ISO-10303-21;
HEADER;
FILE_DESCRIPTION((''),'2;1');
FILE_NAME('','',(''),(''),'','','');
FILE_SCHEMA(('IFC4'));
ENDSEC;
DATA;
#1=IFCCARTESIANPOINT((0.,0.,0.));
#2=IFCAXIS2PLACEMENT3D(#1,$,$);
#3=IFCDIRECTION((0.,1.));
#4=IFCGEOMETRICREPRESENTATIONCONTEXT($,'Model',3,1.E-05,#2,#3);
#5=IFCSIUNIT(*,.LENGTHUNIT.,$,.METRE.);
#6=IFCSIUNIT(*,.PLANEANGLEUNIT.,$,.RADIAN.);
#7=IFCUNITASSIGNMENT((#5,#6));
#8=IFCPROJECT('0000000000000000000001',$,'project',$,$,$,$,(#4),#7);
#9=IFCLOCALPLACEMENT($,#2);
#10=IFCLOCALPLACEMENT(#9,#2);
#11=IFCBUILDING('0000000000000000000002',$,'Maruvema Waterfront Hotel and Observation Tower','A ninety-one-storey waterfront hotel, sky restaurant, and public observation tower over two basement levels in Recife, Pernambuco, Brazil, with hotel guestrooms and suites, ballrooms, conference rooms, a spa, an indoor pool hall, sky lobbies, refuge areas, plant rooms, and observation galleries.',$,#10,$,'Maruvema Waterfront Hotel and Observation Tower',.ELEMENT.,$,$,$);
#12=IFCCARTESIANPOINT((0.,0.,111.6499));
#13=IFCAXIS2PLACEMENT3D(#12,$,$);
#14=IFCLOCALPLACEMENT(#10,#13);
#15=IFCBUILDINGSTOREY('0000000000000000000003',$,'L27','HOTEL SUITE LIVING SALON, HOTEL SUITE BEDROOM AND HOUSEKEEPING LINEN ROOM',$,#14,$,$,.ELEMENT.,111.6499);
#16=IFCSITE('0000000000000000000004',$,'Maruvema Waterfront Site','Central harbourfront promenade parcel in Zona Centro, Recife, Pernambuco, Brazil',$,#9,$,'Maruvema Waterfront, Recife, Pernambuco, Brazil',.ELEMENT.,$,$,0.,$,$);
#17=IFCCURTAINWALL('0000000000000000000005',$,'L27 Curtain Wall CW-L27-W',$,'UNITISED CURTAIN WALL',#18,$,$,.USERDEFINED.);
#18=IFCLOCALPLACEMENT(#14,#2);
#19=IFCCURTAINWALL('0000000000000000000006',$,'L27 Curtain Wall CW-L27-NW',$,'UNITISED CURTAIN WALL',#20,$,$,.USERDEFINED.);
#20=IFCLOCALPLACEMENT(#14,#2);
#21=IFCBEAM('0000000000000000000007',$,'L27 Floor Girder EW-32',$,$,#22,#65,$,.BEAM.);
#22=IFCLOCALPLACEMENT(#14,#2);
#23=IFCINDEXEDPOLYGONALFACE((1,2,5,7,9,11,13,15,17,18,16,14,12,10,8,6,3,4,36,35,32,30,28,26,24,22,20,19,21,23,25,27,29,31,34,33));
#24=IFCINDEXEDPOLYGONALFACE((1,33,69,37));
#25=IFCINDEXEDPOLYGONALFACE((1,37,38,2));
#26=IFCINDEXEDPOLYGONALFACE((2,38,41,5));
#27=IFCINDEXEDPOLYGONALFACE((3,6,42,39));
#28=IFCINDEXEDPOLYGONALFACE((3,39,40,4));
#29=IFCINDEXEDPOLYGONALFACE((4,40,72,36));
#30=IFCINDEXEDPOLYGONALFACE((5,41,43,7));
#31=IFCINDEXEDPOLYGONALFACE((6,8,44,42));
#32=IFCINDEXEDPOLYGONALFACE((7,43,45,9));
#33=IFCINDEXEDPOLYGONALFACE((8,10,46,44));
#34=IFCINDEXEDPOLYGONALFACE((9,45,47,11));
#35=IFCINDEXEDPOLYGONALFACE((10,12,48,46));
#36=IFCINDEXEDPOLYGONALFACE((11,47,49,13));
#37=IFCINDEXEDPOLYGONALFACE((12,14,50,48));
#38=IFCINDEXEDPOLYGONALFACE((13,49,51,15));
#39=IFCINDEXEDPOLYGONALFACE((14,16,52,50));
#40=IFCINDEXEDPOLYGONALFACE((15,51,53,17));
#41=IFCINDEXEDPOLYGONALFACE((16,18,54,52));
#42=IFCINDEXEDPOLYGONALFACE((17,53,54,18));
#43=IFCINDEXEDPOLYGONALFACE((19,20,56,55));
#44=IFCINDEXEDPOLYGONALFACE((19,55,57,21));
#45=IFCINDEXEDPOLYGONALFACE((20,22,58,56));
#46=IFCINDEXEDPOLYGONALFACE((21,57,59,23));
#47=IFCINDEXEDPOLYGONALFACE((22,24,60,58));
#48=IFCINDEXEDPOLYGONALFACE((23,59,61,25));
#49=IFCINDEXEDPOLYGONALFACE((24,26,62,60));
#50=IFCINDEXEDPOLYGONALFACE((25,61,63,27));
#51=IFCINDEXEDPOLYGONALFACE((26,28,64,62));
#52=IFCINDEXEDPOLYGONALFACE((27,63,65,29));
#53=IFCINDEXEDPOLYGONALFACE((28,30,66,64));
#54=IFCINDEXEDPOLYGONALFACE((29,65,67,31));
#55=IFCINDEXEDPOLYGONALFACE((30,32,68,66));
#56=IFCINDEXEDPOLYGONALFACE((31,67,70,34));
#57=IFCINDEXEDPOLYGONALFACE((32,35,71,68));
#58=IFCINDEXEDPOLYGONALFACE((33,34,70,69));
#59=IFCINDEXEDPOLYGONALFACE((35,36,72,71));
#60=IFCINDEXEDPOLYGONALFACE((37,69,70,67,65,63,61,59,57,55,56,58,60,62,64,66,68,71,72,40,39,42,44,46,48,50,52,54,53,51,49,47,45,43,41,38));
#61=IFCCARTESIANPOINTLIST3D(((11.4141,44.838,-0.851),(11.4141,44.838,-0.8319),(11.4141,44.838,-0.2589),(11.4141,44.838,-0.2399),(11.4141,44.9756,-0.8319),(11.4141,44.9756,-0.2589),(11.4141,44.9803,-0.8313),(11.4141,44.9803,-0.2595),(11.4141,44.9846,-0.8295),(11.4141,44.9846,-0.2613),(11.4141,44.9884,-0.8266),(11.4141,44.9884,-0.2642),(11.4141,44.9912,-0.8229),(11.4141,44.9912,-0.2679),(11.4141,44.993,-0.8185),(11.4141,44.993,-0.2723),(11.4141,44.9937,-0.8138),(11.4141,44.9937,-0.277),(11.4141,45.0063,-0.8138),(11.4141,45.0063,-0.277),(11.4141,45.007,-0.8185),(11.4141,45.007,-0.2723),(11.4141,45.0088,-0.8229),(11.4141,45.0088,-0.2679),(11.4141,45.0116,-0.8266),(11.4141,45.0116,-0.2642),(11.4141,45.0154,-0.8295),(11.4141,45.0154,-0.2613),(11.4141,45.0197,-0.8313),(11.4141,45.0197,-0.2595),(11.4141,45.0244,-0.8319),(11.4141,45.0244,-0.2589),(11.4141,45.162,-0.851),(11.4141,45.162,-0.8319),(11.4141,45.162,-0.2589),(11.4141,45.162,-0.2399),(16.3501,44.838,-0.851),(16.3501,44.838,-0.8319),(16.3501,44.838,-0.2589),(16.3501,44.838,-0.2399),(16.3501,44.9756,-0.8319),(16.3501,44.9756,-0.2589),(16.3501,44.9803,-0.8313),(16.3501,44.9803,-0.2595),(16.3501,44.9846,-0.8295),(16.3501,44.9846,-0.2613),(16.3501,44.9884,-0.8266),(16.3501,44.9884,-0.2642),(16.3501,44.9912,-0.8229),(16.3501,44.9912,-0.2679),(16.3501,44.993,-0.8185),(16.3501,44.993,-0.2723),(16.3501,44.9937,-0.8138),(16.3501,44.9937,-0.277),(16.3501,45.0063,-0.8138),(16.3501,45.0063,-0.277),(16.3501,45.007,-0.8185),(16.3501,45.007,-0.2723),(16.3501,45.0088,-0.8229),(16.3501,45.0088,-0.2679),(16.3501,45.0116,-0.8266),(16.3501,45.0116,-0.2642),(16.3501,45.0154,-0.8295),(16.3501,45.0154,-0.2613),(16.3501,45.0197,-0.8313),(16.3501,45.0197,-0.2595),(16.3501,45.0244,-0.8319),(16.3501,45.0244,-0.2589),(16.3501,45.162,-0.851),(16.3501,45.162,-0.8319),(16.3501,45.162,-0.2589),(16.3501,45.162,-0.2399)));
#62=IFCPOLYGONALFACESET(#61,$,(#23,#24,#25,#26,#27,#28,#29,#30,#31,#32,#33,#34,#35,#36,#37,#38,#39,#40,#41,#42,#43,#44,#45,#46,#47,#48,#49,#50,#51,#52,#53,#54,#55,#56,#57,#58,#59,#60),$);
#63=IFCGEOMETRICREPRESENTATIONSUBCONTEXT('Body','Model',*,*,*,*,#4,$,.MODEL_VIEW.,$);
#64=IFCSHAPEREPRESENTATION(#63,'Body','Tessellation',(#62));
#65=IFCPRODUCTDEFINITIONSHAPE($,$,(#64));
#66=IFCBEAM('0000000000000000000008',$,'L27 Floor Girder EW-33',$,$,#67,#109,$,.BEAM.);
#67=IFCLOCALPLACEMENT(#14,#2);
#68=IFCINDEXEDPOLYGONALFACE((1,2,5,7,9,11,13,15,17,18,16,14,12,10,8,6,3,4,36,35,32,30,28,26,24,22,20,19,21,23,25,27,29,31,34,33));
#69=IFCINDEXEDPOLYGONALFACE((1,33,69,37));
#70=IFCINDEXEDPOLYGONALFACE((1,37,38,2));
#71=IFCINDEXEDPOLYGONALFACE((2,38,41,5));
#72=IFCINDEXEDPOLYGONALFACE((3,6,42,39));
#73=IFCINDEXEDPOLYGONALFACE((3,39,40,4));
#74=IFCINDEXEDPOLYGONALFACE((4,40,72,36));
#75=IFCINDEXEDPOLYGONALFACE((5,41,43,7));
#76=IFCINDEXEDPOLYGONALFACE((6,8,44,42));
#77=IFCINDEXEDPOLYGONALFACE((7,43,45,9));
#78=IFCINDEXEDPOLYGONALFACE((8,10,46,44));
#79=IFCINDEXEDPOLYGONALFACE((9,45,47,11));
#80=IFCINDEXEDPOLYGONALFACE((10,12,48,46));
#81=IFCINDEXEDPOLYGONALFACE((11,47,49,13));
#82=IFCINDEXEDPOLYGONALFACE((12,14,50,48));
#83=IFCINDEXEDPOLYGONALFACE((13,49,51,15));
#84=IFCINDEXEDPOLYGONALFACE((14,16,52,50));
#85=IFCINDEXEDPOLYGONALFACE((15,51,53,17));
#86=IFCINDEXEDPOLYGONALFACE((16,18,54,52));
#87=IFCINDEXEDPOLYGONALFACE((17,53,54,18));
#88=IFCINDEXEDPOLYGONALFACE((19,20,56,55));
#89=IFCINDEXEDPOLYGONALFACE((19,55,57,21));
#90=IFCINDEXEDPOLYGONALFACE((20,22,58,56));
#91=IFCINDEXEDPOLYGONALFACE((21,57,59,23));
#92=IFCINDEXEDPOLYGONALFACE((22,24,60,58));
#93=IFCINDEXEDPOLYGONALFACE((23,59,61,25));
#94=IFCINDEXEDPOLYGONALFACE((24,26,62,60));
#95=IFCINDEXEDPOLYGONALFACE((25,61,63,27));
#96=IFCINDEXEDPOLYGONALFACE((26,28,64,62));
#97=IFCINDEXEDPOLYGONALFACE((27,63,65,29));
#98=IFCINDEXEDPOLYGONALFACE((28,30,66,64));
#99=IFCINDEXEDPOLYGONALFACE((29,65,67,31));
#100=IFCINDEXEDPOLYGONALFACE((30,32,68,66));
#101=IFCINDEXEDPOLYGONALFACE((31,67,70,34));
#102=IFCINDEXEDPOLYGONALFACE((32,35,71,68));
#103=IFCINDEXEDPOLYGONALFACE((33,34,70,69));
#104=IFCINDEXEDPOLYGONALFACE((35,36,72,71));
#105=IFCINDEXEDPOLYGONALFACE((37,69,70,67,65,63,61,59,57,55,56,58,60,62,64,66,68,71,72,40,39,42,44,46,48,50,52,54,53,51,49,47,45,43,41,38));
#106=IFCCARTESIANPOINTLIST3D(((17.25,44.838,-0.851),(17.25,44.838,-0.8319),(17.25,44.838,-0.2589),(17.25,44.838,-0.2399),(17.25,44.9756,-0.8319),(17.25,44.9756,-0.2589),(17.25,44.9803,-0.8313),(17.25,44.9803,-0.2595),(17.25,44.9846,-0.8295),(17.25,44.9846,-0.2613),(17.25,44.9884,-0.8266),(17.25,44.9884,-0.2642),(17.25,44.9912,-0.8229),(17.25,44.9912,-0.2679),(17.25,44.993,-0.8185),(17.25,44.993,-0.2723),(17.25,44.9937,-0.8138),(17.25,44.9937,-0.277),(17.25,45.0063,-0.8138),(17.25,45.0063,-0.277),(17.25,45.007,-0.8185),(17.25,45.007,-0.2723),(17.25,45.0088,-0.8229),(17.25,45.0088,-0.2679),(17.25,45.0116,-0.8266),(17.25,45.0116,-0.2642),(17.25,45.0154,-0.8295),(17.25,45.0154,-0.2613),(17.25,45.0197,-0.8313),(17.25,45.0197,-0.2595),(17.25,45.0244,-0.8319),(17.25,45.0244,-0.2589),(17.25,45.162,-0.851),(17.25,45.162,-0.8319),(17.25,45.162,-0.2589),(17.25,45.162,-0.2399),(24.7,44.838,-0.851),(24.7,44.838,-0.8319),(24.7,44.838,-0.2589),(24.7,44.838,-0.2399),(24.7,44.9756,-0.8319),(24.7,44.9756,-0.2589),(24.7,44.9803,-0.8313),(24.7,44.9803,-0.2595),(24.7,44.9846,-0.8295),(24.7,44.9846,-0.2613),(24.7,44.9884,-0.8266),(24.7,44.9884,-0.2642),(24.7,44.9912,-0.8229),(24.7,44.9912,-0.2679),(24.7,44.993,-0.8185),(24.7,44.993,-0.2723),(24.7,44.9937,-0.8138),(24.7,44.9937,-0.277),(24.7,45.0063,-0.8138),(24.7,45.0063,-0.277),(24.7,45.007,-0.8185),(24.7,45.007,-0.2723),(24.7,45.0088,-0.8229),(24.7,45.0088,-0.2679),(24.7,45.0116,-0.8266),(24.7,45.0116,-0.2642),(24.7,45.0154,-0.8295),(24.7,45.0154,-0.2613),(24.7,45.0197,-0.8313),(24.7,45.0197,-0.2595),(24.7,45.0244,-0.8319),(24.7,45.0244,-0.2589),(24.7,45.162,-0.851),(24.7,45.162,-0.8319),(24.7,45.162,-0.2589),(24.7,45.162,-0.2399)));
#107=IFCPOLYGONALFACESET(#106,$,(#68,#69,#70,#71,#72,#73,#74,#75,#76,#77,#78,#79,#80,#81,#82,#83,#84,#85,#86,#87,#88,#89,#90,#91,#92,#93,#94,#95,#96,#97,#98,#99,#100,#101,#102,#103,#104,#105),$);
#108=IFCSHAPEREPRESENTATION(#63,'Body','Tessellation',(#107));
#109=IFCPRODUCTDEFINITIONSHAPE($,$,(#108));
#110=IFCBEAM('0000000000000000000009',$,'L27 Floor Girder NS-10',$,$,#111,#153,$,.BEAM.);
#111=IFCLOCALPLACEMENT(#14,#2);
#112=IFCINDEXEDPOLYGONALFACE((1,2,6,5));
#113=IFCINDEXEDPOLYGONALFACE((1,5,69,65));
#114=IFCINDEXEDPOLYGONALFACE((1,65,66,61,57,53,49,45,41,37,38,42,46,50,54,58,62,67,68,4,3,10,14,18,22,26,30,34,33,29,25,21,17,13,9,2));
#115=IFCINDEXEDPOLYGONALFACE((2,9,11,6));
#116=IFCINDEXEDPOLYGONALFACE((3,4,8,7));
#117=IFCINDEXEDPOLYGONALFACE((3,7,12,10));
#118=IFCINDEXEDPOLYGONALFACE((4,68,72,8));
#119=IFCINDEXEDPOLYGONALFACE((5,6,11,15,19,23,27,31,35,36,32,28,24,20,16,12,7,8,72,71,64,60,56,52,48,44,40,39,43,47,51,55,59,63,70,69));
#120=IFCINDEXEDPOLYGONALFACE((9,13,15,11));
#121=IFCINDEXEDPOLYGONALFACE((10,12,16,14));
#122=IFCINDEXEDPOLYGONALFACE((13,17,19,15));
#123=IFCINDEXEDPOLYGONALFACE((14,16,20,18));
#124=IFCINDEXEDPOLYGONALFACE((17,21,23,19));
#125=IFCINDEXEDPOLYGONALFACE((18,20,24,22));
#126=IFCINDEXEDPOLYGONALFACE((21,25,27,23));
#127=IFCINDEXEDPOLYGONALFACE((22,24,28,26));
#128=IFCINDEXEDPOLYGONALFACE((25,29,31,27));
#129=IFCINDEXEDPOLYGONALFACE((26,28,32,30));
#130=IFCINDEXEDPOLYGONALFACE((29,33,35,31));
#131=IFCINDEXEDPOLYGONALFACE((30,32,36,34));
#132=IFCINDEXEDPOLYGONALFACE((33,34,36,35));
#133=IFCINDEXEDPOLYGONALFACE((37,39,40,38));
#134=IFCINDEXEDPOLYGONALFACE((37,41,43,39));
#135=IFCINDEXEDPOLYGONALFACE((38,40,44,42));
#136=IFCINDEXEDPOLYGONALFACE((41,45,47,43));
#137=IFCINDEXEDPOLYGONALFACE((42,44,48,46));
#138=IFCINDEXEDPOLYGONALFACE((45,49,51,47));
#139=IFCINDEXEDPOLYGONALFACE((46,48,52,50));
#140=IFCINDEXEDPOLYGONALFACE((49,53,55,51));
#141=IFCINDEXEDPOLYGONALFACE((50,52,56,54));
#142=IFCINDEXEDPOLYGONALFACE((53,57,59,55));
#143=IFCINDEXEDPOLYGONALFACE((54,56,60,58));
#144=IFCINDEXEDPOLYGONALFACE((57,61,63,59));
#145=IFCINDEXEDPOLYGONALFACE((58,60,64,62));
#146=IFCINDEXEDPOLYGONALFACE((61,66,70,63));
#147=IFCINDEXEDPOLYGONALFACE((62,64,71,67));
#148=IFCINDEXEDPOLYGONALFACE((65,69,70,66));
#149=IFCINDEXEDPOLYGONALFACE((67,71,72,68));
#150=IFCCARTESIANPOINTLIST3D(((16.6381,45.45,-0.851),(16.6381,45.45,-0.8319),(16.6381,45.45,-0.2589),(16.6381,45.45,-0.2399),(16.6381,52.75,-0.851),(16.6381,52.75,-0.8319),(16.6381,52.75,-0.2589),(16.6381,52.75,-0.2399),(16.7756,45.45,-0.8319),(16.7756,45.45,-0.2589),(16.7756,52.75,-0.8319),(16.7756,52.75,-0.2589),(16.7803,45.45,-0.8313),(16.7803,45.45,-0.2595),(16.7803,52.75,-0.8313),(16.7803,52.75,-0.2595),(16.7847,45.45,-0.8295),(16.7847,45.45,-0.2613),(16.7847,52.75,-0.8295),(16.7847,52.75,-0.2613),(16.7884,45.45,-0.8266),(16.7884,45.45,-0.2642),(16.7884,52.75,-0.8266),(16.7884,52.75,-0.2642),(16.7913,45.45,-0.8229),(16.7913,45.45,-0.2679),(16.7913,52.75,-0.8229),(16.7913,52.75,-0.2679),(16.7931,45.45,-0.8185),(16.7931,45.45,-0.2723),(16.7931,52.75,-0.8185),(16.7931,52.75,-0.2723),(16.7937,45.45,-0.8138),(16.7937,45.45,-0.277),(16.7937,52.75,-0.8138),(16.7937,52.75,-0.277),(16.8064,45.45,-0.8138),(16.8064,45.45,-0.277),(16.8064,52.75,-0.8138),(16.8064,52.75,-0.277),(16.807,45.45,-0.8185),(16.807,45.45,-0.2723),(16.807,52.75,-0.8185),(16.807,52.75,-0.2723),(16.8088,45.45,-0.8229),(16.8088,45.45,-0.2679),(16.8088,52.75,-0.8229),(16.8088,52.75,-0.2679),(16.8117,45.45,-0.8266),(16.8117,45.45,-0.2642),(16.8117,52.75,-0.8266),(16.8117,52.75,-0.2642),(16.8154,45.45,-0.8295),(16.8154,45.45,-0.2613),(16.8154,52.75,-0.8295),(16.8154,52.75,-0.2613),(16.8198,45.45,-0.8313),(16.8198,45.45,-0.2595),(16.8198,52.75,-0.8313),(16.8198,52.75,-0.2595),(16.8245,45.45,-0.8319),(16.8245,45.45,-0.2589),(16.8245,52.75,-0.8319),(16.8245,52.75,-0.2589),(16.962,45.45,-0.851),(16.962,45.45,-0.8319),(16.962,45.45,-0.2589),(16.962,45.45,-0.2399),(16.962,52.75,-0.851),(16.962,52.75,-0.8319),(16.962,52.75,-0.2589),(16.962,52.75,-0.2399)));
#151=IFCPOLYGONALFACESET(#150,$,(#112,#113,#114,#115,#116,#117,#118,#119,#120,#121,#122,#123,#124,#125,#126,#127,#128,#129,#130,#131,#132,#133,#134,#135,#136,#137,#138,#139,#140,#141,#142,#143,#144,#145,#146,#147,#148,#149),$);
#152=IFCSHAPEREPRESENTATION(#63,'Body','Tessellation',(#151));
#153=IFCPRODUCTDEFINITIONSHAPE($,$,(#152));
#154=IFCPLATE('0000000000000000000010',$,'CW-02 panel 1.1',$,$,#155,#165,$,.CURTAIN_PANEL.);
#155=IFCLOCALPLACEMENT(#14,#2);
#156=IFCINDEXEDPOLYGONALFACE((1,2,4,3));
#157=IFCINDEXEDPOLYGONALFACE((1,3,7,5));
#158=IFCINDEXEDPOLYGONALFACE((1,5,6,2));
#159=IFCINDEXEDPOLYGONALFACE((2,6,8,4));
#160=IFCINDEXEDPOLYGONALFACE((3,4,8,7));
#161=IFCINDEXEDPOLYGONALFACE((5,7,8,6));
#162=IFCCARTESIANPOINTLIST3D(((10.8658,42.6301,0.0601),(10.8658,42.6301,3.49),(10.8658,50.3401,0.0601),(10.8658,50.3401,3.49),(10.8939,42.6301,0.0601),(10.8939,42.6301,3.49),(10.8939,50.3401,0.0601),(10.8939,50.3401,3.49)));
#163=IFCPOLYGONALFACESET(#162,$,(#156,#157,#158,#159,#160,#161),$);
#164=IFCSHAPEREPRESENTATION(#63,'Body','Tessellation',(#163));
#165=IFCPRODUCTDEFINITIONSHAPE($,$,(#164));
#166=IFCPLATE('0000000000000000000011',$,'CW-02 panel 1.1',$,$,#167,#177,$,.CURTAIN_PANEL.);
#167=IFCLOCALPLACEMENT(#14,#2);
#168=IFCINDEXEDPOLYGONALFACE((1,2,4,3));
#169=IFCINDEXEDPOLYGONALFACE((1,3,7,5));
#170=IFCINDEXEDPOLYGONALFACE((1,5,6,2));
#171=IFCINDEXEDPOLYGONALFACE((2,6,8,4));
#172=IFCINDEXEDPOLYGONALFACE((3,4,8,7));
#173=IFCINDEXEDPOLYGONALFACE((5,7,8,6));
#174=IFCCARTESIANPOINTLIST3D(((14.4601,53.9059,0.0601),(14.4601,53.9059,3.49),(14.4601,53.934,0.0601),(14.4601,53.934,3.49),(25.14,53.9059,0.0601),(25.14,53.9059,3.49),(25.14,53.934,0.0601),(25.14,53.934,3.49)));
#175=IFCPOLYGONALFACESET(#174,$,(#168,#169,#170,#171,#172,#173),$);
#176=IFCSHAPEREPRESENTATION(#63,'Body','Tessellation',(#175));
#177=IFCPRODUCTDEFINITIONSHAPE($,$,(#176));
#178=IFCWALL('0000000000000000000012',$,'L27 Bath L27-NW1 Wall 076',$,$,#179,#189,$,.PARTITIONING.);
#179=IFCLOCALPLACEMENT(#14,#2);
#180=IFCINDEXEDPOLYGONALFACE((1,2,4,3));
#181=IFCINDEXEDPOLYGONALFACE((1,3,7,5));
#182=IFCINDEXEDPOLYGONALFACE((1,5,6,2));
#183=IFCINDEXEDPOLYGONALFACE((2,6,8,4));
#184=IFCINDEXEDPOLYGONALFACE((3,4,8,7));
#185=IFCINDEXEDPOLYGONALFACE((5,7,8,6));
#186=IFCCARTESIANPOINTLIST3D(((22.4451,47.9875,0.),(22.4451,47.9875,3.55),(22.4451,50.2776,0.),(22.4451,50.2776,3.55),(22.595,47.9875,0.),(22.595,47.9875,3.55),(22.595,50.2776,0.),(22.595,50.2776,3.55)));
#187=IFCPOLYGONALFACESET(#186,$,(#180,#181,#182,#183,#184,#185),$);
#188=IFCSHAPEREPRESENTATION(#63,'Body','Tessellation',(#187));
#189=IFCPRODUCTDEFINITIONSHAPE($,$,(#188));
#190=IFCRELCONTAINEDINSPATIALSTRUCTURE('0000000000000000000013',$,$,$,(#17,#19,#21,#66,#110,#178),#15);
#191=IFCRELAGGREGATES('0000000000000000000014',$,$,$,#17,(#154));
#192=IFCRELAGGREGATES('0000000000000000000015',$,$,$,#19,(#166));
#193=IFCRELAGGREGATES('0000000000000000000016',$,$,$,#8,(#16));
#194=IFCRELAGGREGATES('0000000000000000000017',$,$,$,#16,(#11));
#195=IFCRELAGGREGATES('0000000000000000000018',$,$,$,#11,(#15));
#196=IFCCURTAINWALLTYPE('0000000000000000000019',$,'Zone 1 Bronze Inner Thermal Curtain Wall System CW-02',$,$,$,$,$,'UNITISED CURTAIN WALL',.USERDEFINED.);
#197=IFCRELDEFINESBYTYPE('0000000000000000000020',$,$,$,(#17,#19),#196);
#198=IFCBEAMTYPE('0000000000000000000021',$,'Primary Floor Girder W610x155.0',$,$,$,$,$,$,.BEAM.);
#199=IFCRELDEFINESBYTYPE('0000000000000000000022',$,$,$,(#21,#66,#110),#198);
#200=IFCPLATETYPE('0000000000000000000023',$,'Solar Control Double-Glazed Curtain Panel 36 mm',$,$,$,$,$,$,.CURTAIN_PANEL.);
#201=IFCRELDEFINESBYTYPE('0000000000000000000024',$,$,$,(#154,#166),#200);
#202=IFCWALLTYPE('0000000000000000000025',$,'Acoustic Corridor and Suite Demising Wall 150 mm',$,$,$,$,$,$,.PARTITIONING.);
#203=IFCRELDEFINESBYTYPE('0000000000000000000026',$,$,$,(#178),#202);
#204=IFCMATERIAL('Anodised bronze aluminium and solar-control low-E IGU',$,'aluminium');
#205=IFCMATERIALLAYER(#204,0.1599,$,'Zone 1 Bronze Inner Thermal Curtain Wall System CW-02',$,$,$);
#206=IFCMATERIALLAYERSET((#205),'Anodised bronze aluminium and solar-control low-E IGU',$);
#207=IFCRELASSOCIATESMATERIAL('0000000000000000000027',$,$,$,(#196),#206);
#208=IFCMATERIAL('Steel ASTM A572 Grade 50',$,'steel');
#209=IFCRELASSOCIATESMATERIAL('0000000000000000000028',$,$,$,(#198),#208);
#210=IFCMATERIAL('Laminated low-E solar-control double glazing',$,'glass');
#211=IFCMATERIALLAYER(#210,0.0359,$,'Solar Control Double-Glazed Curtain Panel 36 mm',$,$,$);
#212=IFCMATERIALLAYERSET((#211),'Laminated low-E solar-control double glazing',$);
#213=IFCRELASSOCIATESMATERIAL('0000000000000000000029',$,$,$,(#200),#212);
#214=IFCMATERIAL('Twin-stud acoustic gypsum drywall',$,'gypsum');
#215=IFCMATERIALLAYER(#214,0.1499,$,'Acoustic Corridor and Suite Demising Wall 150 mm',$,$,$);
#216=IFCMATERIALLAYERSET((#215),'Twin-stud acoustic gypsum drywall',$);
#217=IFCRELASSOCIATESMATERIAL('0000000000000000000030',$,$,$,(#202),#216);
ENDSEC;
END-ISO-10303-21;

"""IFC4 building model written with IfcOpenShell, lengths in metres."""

from ifc_helpers import new_model, si_unit, direction, frame, frame_2d, origin, origin_2d, place, context, subcontext, project, spatial, rectangle, i_section, extrude, material, layer, layer_set, material_profile, profile_set, type_object, element, aggregate, save


model = new_model("IFC4")

# Units and contexts
model_context = context("Model", 3, precision=1e-05, world=origin(), true_north=direction((0.0, 1.0)))
body_context = subcontext(model_context, "Body", "Model", "MODEL_VIEW")
ifc_project = project(units=[si_unit("LENGTHUNIT", "METRE"), si_unit("PLANEANGLEUNIT", "RADIAN")], contexts=[model_context])

# Site, building, storey
site_placement = place(None, origin())
site = spatial("IfcSite", under=ifc_project, at=site_placement, Name="Maruvema Waterfront Site", Description="Central harbourfront promenade parcel in Zona Centro, Recife, Pernambuco, Brazil", LongName="Maruvema Waterfront, Recife, Pernambuco, Brazil", CompositionType="ELEMENT", RefElevation=0.0)
building_placement = place(site_placement, origin())
building = spatial("IfcBuilding", under=site, at=building_placement, Name="Maruvema Waterfront Hotel and Observation Tower", Description="A ninety-one-storey waterfront hotel, sky restaurant, and public observation tower over two basement levels in Recife, Pernambuco, Brazil, with hotel guestrooms and suites, ballrooms, conference rooms, a spa, an indoor pool hall, sky lobbies, refuge areas, plant rooms, and observation galleries.", LongName="Maruvema Waterfront Hotel and Observation Tower", CompositionType="ELEMENT")
storey_placement = place(building_placement, frame((0.0, 0.0, 111.6499)))
storey = spatial("IfcBuildingStorey", under=building, at=storey_placement, Name="L27", Description="HOTEL SUITE LIVING SALON, HOTEL SUITE BEDROOM AND HOUSEKEEPING LINEN ROOM", CompositionType="ELEMENT", Elevation=111.6499)

# Curtain walls
ifc_material_1 = material(Name="Anodised bronze aluminium and solar-control low-E IGU", Category="aluminium")
ifc_layer_1 = layer(ifc_material_1, 0.1599, Name="Zone 1 Bronze Inner Thermal Curtain Wall System CW-02")
ifc_layer_set_1 = layer_set([ifc_layer_1], Name="Anodised bronze aluminium and solar-control low-E IGU")
curtain_wall_type = type_object("IfcCurtainWallType", Name="Zone 1 Bronze Inner Thermal Curtain Wall System CW-02", ElementType="UNITISED CURTAIN WALL", PredefinedType="USERDEFINED", material=ifc_layer_set_1)
curtain_wall_1_placement = place(storey_placement, origin())
curtain_wall_1 = element("IfcCurtainWall", 1, at=curtain_wall_1_placement, inside=storey, type_object=curtain_wall_type, Name="L27 Curtain Wall CW-L27-W", ObjectType="UNITISED CURTAIN WALL", PredefinedType="USERDEFINED")
curtain_wall_2_placement = place(storey_placement, origin())
curtain_wall_2 = element("IfcCurtainWall", 2, at=curtain_wall_2_placement, inside=storey, type_object=curtain_wall_type, Name="L27 Curtain Wall CW-L27-NW", ObjectType="UNITISED CURTAIN WALL", PredefinedType="USERDEFINED")

# Beams
ifc_material_2 = material(Name="Steel ASTM A572 Grade 50", Category="steel")
ifc_material_profile_1 = material_profile(ifc_material_2, i_section(OverallWidth=0.324, OverallDepth=0.6111, WebThickness=0.0127, FlangeThickness=0.019, FilletRadius=0.0181, at=origin_2d()), Name="W610x155.0")
ifc_profile_set_1 = profile_set([ifc_material_profile_1], Name="Steel ASTM A572 Grade 50")
beam_type = type_object("IfcBeamType", Name="Primary Floor Girder W610x155.0", PredefinedType="BEAM", material=ifc_profile_set_1)
beam_1_placement = place(storey_placement, frame((11.4141, 45.0, -0.5454), z_axis=(1.0, 0.0, 0.0), x_axis=(0.0, 1.0, 0.0)))
element("IfcBeam", 3, at=beam_1_placement, inside=storey, type_object=beam_type, Name="L27 Floor Girder EW-32", PredefinedType="BEAM", context=body_context, shape_type="SweptSolid", body=[
    extrude(i_section(OverallWidth=0.324, OverallDepth=0.6111, WebThickness=0.0127, FlangeThickness=0.019, FilletRadius=0.0181, at=origin_2d()), origin(), (0.0, 0.0, 1.0), 4.936),
])
beam_2_placement = place(storey_placement, frame((17.25, 45.0, -0.5454), z_axis=(1.0, 0.0, 0.0), x_axis=(0.0, 1.0, 0.0)))
element("IfcBeam", 4, at=beam_2_placement, inside=storey, type_object=beam_type, Name="L27 Floor Girder EW-33", PredefinedType="BEAM", context=body_context, shape_type="SweptSolid", body=[
    extrude(i_section(OverallWidth=0.324, OverallDepth=0.6111, WebThickness=0.0127, FlangeThickness=0.019, FilletRadius=0.0181, at=origin_2d()), origin(), (0.0, 0.0, 1.0), 7.45),
])
beam_3_placement = place(storey_placement, frame((16.8, 45.45, -0.5454), z_axis=(0.0, 1.0, 0.0), x_axis=(-1.0, 0.0, 0.0)))
element("IfcBeam", 5, at=beam_3_placement, inside=storey, type_object=beam_type, Name="L27 Floor Girder NS-10", PredefinedType="BEAM", context=body_context, shape_type="SweptSolid", body=[
    extrude(i_section(OverallWidth=0.324, OverallDepth=0.6111, WebThickness=0.0127, FlangeThickness=0.019, FilletRadius=0.0181, at=origin_2d()), origin(), (0.0, 0.0, 1.0), 7.3),
])

# Plates
ifc_material_3 = material(Name="Laminated low-E solar-control double glazing", Category="glass")
ifc_layer_2 = layer(ifc_material_3, 0.0359, Name="Solar Control Double-Glazed Curtain Panel 36 mm")
ifc_layer_set_2 = layer_set([ifc_layer_2], Name="Laminated low-E solar-control double glazing")
plate_type = type_object("IfcPlateType", Name="Solar Control Double-Glazed Curtain Panel 36 mm", PredefinedType="CURTAIN_PANEL", material=ifc_layer_set_2)
plate_1_placement = place(storey_placement, frame((10.8799, 46.4851, 0.0601), z_axis=(0.0, 0.0, 1.0), x_axis=(0.0, -1.0, 0.0)))
plate_1 = element("IfcPlate", 6, at=plate_1_placement, type_object=plate_type, Name="CW-02 panel 1.1", PredefinedType="CURTAIN_PANEL", context=body_context, shape_type="SweptSolid", body=[
    extrude(rectangle(XDim=7.71, YDim=0.0281, at=origin_2d()), origin(), (0.0, 0.0, 1.0), 3.4299),
])
aggregate(curtain_wall_1, [plate_1])
plate_2_placement = place(storey_placement, frame((19.8, 53.9199, 0.0601), z_axis=(0.0, 0.0, 1.0), x_axis=(-1.0, 0.0, 0.0)))
plate_2 = element("IfcPlate", 7, at=plate_2_placement, type_object=plate_type, Name="CW-02 panel 1.1", PredefinedType="CURTAIN_PANEL", context=body_context, shape_type="SweptSolid", body=[
    extrude(rectangle(XDim=10.6799, YDim=0.0281, at=origin_2d()), origin(), (0.0, 0.0, 1.0), 3.4299),
])
aggregate(curtain_wall_2, [plate_2])

# Wall
ifc_material_4 = material(Name="Twin-stud acoustic gypsum drywall", Category="gypsum")
ifc_layer_3 = layer(ifc_material_4, 0.1499, Name="Acoustic Corridor and Suite Demising Wall 150 mm")
ifc_layer_set_3 = layer_set([ifc_layer_3], Name="Twin-stud acoustic gypsum drywall")
wall_type_1 = type_object("IfcWallType", Name="Acoustic Corridor and Suite Demising Wall 150 mm", PredefinedType="PARTITIONING", material=ifc_layer_set_3)
wall_1_placement = place(storey_placement, frame((22.52, 47.9875, 0.0), z_axis=(0.0, 0.0, 1.0), x_axis=(0.0, 1.0, 0.0)))
element("IfcWall", 8, at=wall_1_placement, inside=storey, type_object=wall_type_1, Name="L27 Bath L27-NW1 Wall 076", PredefinedType="PARTITIONING", context=body_context, shape_type="SweptSolid", body=[
    extrude(rectangle(XDim=2.29, YDim=0.1499, at=frame_2d((1.145, 0.0))), origin(), (0.0, 0.0, 1.0), 3.55),
])

save(model, "model.ifc")
